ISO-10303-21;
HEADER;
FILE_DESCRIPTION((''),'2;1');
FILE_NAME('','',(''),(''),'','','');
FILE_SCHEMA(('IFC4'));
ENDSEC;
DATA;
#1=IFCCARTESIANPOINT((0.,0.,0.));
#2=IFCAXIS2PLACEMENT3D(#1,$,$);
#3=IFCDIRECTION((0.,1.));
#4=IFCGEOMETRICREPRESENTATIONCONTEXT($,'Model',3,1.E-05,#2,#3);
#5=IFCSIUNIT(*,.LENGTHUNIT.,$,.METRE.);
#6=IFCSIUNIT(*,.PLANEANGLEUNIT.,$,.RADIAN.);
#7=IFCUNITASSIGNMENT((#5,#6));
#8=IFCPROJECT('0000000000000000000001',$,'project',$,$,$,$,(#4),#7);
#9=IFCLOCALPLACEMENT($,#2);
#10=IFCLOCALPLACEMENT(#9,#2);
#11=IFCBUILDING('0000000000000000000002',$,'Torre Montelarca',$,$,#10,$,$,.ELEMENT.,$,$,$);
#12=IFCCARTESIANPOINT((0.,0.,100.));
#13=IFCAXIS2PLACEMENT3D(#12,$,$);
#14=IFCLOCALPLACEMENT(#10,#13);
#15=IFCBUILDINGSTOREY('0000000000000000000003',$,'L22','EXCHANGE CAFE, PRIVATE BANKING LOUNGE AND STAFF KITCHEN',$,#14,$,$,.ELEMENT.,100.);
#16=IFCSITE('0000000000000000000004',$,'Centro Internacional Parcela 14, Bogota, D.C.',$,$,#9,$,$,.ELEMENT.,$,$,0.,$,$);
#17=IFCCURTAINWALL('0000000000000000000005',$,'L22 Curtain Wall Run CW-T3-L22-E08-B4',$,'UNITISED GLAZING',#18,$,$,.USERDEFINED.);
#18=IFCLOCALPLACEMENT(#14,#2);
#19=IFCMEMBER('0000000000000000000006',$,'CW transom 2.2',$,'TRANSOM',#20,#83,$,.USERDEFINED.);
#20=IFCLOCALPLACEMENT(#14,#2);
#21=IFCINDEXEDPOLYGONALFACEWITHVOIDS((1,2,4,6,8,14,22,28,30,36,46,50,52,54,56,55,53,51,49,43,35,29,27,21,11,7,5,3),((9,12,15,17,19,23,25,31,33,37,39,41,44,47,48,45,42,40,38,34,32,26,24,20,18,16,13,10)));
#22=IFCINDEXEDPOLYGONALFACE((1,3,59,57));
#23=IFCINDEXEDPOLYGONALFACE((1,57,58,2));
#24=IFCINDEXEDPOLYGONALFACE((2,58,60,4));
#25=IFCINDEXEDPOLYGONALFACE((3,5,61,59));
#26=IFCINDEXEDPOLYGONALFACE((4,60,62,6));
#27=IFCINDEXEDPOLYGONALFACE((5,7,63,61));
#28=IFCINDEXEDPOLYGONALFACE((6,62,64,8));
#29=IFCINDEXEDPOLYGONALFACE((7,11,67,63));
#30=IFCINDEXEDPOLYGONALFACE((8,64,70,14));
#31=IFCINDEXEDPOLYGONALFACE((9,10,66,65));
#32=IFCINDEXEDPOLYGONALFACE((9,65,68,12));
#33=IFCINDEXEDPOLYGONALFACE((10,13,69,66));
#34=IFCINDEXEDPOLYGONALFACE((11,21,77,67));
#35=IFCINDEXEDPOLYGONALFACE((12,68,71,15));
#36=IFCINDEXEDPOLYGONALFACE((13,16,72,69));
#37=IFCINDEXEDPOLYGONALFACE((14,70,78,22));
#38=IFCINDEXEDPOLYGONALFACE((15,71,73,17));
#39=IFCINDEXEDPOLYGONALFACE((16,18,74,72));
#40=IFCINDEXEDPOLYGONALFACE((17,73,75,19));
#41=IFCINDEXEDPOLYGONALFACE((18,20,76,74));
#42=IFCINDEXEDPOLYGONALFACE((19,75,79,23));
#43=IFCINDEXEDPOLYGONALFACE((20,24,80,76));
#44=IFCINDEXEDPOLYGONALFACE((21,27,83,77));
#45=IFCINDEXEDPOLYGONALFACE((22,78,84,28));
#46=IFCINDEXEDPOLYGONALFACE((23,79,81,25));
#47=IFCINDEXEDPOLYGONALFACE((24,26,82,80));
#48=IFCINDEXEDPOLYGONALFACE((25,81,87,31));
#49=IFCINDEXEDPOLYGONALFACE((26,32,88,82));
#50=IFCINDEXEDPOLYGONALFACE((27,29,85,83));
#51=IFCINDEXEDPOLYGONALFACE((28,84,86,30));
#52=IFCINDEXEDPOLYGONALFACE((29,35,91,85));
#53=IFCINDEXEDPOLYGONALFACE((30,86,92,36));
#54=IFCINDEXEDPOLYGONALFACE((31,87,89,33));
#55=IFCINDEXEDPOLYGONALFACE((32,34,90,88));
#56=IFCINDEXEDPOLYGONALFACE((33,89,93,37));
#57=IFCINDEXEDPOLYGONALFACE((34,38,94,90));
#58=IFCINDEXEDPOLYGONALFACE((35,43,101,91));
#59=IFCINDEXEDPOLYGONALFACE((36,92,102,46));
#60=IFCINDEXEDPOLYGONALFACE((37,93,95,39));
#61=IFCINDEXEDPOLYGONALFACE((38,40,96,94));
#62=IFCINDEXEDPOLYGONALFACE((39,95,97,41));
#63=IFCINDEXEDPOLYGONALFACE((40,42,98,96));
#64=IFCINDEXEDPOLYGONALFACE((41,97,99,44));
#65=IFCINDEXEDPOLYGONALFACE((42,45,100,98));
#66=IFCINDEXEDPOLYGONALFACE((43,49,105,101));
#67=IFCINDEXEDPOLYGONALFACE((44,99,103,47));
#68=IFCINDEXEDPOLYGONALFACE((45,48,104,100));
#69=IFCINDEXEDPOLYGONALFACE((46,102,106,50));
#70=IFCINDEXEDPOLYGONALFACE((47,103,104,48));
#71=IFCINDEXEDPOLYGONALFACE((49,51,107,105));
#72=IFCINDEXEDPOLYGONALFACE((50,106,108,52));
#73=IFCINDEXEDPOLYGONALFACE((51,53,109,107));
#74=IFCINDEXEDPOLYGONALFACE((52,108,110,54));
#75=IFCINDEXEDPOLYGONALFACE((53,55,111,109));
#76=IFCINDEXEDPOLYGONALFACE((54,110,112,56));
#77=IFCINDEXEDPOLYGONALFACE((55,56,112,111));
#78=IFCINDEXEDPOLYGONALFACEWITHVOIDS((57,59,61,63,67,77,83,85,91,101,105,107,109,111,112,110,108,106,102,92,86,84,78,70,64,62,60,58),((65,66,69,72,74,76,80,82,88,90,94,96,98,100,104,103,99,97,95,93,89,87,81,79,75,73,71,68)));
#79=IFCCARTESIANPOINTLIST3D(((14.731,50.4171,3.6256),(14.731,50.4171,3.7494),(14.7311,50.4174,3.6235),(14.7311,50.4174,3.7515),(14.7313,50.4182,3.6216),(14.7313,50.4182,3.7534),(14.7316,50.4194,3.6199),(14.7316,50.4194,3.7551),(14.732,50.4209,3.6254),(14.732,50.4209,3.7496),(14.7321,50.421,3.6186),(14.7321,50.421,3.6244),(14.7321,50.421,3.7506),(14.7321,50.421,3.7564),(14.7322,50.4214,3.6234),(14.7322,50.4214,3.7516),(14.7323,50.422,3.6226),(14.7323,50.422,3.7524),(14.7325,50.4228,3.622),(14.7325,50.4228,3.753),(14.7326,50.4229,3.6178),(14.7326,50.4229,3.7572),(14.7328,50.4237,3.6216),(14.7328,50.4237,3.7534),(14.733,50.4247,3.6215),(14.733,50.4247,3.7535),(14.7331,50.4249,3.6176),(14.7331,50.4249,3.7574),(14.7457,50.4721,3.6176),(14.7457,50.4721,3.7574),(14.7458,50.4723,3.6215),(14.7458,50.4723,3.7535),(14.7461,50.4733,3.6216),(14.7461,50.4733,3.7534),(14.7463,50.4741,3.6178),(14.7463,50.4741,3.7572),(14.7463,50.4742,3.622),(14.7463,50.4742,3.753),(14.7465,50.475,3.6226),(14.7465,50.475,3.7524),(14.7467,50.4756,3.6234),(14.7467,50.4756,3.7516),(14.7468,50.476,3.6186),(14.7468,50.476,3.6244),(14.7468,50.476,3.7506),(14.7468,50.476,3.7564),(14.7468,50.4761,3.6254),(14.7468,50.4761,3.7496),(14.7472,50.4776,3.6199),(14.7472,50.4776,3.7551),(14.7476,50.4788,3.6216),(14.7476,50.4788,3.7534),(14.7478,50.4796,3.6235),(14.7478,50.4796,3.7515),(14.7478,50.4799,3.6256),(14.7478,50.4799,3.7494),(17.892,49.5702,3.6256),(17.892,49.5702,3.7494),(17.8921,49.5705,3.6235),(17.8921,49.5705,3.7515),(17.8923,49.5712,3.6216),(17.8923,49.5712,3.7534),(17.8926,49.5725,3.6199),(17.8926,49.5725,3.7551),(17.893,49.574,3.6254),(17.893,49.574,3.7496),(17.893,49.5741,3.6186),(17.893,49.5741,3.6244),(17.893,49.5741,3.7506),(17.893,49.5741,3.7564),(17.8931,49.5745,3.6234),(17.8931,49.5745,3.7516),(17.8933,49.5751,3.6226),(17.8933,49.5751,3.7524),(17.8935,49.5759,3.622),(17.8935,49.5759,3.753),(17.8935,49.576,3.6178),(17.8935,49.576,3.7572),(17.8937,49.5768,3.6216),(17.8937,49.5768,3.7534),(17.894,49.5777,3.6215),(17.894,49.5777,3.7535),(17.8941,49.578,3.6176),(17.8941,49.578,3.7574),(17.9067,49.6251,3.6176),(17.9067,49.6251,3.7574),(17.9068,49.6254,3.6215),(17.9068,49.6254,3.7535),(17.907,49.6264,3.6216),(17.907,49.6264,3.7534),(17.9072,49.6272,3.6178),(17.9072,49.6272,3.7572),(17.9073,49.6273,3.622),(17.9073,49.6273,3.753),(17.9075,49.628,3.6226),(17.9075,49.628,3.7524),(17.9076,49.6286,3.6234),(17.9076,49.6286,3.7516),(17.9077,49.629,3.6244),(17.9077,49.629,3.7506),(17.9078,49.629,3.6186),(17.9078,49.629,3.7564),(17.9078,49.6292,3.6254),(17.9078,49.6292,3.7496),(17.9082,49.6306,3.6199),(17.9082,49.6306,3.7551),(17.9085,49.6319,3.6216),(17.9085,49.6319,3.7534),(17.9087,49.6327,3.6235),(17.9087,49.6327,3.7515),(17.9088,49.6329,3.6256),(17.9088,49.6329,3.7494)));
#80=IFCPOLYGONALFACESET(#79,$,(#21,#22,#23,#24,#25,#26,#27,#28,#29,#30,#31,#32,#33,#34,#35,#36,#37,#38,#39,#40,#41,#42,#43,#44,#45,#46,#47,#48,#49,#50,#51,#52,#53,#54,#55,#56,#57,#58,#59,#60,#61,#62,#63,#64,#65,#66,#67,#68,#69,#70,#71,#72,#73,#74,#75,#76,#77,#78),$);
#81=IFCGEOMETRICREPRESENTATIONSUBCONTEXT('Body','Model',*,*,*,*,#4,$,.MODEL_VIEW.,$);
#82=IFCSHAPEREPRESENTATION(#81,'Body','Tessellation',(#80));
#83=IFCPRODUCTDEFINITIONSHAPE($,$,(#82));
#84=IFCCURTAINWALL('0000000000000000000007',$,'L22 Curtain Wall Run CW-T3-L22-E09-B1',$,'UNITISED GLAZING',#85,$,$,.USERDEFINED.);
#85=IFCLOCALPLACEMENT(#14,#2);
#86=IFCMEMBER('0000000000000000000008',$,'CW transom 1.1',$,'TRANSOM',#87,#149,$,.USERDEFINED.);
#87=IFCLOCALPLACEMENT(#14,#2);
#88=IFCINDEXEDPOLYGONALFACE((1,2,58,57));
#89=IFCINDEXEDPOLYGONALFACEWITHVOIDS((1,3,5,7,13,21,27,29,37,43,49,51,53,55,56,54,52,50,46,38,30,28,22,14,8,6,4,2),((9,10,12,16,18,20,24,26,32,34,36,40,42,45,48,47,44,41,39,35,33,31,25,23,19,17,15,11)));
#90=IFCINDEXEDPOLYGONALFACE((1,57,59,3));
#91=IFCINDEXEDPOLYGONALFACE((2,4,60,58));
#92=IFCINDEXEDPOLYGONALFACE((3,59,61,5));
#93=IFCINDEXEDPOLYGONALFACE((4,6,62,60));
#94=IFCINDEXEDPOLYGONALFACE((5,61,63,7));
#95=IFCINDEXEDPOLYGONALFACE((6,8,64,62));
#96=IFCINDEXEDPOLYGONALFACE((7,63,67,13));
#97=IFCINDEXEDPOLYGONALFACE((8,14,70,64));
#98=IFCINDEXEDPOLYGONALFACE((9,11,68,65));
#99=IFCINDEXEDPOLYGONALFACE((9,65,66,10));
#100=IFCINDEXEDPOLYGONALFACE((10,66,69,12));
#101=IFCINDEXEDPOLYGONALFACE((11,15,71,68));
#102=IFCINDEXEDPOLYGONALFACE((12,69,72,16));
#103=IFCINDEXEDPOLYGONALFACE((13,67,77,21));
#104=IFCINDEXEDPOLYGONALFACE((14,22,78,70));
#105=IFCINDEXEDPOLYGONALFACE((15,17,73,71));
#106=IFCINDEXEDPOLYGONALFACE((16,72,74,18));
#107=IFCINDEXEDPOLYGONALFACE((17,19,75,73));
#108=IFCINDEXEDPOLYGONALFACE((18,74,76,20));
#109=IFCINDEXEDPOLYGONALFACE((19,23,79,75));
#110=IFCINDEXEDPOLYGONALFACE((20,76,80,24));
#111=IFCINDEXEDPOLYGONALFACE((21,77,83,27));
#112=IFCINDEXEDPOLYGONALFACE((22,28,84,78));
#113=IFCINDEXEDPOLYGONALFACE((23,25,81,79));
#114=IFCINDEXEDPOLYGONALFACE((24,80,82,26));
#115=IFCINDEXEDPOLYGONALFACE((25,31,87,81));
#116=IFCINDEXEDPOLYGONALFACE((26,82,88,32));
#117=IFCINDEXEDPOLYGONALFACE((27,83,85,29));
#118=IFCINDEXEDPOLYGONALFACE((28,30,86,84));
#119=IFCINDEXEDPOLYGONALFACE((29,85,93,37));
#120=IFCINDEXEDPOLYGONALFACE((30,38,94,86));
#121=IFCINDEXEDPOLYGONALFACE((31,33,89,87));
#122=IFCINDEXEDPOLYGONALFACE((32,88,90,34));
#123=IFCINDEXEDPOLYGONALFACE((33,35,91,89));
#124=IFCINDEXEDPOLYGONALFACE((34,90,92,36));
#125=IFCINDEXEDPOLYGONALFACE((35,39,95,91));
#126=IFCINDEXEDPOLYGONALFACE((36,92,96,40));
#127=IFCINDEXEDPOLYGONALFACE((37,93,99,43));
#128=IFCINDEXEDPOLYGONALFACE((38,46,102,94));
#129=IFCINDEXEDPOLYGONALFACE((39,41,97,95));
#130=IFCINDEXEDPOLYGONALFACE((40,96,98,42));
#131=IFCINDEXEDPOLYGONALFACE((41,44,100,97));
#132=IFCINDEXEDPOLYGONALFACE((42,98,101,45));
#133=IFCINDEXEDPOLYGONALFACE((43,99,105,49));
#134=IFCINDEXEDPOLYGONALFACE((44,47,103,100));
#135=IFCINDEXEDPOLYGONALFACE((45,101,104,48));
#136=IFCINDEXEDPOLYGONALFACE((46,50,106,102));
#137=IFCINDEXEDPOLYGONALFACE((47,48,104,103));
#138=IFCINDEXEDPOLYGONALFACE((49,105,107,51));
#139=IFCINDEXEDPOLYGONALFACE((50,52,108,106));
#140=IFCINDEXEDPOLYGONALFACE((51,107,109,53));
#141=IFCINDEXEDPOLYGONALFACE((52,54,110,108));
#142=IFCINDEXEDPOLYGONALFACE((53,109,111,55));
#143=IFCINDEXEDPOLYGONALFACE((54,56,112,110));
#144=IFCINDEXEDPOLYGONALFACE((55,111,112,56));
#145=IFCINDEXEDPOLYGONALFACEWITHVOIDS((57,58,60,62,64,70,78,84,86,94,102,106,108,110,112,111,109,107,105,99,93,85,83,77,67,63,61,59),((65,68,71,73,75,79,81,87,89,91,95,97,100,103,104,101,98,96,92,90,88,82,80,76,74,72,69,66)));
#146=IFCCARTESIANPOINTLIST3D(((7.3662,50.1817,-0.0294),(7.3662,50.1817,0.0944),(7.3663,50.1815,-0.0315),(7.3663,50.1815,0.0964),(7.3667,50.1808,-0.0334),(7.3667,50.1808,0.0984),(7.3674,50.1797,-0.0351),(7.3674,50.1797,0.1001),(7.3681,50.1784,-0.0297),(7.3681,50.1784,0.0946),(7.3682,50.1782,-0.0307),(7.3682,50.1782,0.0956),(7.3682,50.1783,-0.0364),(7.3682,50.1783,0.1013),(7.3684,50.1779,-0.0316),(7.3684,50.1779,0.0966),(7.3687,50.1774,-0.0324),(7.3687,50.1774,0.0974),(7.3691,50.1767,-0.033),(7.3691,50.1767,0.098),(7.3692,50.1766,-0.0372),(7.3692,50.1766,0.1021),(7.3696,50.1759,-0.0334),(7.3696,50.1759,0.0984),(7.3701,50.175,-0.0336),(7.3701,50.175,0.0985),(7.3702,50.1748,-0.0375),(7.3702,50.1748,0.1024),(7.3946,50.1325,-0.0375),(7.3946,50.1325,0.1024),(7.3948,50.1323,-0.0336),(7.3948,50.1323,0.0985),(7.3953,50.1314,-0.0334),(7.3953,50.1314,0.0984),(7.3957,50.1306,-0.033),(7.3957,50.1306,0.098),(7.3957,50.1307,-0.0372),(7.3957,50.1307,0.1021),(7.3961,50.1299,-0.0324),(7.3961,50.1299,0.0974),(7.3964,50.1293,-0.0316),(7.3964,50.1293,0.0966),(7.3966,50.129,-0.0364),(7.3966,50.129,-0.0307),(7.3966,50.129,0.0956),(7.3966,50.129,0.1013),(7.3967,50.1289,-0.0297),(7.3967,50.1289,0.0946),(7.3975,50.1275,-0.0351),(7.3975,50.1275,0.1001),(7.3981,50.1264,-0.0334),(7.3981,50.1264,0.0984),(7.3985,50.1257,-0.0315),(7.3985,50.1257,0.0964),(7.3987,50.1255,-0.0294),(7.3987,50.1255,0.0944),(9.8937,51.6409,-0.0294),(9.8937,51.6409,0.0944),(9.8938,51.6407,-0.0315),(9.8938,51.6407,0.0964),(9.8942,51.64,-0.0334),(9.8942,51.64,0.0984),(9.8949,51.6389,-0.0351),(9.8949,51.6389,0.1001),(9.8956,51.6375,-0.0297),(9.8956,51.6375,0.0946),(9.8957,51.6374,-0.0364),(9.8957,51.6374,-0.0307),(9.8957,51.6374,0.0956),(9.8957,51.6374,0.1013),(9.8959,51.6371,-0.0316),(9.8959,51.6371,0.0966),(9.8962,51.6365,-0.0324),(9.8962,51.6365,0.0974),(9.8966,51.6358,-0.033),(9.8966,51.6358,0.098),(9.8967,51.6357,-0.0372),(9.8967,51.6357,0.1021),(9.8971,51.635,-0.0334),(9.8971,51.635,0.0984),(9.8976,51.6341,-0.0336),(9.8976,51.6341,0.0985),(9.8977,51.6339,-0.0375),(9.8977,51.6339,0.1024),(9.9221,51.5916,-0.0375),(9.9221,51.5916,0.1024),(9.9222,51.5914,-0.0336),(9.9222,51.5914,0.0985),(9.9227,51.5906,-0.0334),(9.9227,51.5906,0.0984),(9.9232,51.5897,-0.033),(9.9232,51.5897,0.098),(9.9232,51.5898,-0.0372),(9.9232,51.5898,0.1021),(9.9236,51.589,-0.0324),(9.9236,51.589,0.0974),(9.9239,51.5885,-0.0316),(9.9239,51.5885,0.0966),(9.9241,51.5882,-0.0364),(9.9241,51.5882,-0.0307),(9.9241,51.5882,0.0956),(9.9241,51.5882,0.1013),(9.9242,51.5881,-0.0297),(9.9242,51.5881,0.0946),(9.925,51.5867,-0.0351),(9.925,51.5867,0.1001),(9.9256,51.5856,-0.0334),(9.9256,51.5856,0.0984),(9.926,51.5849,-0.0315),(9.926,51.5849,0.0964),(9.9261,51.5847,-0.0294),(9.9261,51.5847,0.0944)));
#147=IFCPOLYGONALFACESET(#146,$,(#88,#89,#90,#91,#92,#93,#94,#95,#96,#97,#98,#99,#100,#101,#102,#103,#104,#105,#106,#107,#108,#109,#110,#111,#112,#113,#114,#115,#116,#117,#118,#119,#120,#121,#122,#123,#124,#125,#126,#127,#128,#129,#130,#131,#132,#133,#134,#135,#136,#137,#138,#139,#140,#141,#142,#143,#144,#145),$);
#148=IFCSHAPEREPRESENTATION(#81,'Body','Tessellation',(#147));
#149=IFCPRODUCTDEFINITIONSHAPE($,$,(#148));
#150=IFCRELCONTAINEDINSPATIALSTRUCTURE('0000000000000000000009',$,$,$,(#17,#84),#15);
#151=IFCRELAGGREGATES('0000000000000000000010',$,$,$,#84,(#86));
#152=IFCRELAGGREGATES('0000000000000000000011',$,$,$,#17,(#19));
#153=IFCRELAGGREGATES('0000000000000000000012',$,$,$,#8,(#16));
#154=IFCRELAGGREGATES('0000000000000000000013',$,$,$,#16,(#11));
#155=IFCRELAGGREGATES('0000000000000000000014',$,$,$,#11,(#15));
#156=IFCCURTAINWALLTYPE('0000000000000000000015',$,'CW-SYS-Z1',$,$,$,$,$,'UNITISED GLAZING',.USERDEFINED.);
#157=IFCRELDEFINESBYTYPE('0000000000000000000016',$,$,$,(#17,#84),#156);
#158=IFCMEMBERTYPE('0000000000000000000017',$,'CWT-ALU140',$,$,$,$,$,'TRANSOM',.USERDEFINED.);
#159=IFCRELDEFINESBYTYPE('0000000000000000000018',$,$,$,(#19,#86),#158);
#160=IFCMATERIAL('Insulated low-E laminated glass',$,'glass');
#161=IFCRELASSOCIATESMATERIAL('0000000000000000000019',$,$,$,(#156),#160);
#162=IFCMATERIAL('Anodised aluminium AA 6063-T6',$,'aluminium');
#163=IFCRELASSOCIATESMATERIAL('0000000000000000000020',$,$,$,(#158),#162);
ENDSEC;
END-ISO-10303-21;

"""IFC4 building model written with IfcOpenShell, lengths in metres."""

from ifc_helpers import new_model, si_unit, direction, frame, origin, origin_2d, place, context, subcontext, project, spatial, hollow_rectangle, extrude, source, transform, mapped, material, material_profile, profile_set, type_object, element, aggregate, save


model = new_model("IFC4")

# Units and contexts
model_context = context("Model", 3, precision=1e-05, world=origin(), true_north=direction((0.0, 1.0)))
body_context = subcontext(model_context, "Body", "Model", "MODEL_VIEW")
ifc_project = project(units=[si_unit("LENGTHUNIT", "METRE"), si_unit("PLANEANGLEUNIT", "RADIAN")], contexts=[model_context])

# Site, building, storey
site_placement = place(None, origin())
site = spatial("IfcSite", under=ifc_project, at=site_placement, Name="Centro Internacional Parcela 14, Bogota, D.C.", CompositionType="ELEMENT", RefElevation=0.0)
building_placement = place(site_placement, origin())
building = spatial("IfcBuilding", under=site, at=building_placement, Name="Torre Montelarca", CompositionType="ELEMENT")
storey_placement = place(building_placement, frame((0.0, 0.0, 100.0)))
storey = spatial("IfcBuildingStorey", under=building, at=storey_placement, Name="L22", Description="EXCHANGE CAFE, PRIVATE BANKING LOUNGE AND STAFF KITCHEN", CompositionType="ELEMENT", Elevation=100.0)

# Curtain walls, members
ifc_material_1 = material(Name="Insulated low-E laminated glass", Category="glass")
curtain_wall_type = type_object("IfcCurtainWallType", Name="CW-SYS-Z1", ElementType="UNITISED GLAZING", PredefinedType="USERDEFINED", material=ifc_material_1)
curtain_wall_1_placement = place(storey_placement, origin())
curtain_wall_1 = element("IfcCurtainWall", 1, at=curtain_wall_1_placement, inside=storey, type_object=curtain_wall_type, Name="L22 Curtain Wall Run CW-T3-L22-E08-B4", ObjectType="UNITISED GLAZING", PredefinedType="USERDEFINED")
ifc_material_2 = material(Name="Anodised aluminium AA 6063-T6", Category="aluminium")
ifc_material_profile_1 = material_profile(ifc_material_2, hollow_rectangle(XDim=0.0649, YDim=0.1399, WallThickness=0.0039, InnerFilletRadius=0.0039, OuterFilletRadius=0.0081, at=origin_2d()), Name="ALU65X140X4", Category="aluminium")
ifc_profile_set_1 = profile_set([ifc_material_profile_1], Name="Anodised aluminium AA 6063-T6")
member_type_1 = type_object("IfcMemberType", Name="CWT-ALU140", ElementType="TRANSOM", PredefinedType="USERDEFINED", material=ifc_profile_set_1)
shared_shape_1 = source(origin(), body_context, "Body", "SweptSolid", [
    extrude(hollow_rectangle(XDim=0.0649, YDim=0.1399, WallThickness=0.0039, InnerFilletRadius=0.0039, OuterFilletRadius=0.0081, at=origin_2d()), origin(), (0.0, 0.0, 1.0), 3.2725),
])
member_1_placement = place(storey_placement, frame((17.9004, 49.6016, 3.6875), z_axis=(-0.965928, 0.258809, 0.0), x_axis=(-0.258809, -0.965928, 0.0)))
member_1 = element("IfcMember", 2, at=member_1_placement, type_object=member_type_1, Name="CW transom 2.2", ObjectType="TRANSOM", PredefinedType="USERDEFINED", context=body_context, shape_type="MappedRepresentation", body=[
    mapped(shared_shape_1, transform((0.0, 0.0, 0.0), scale=1.0)),
])
curtain_wall_2_placement = place(storey_placement, origin())
curtain_wall_2 = element("IfcCurtainWall", 3, at=curtain_wall_2_placement, inside=storey, type_object=curtain_wall_type, Name="L22 Curtain Wall Run CW-T3-L22-E09-B1", ObjectType="UNITISED GLAZING", PredefinedType="USERDEFINED")
shared_shape_2 = source(origin(), body_context, "Body", "SweptSolid", [
    extrude(hollow_rectangle(XDim=0.0649, YDim=0.1399, WallThickness=0.0039, InnerFilletRadius=0.0039, OuterFilletRadius=0.0081, at=origin_2d()), origin(), (0.0, 0.0, 1.0), 2.9185),
])
member_2_placement = place(storey_placement, frame((9.9099, 51.6128, 0.0325), z_axis=(-0.866037, -0.499981, 0.0), x_axis=(0.499981, -0.866037, 0.0)))
member_2 = element("IfcMember", 4, at=member_2_placement, type_object=member_type_1, Name="CW transom 1.1", ObjectType="TRANSOM", PredefinedType="USERDEFINED", context=body_context, shape_type="MappedRepresentation", body=[
    mapped(shared_shape_2, transform((0.0, 0.0, 0.0), scale=1.0)),
])

aggregate(curtain_wall_2, [member_2])

aggregate(curtain_wall_1, [member_1])

save(model, "model.ifc")
